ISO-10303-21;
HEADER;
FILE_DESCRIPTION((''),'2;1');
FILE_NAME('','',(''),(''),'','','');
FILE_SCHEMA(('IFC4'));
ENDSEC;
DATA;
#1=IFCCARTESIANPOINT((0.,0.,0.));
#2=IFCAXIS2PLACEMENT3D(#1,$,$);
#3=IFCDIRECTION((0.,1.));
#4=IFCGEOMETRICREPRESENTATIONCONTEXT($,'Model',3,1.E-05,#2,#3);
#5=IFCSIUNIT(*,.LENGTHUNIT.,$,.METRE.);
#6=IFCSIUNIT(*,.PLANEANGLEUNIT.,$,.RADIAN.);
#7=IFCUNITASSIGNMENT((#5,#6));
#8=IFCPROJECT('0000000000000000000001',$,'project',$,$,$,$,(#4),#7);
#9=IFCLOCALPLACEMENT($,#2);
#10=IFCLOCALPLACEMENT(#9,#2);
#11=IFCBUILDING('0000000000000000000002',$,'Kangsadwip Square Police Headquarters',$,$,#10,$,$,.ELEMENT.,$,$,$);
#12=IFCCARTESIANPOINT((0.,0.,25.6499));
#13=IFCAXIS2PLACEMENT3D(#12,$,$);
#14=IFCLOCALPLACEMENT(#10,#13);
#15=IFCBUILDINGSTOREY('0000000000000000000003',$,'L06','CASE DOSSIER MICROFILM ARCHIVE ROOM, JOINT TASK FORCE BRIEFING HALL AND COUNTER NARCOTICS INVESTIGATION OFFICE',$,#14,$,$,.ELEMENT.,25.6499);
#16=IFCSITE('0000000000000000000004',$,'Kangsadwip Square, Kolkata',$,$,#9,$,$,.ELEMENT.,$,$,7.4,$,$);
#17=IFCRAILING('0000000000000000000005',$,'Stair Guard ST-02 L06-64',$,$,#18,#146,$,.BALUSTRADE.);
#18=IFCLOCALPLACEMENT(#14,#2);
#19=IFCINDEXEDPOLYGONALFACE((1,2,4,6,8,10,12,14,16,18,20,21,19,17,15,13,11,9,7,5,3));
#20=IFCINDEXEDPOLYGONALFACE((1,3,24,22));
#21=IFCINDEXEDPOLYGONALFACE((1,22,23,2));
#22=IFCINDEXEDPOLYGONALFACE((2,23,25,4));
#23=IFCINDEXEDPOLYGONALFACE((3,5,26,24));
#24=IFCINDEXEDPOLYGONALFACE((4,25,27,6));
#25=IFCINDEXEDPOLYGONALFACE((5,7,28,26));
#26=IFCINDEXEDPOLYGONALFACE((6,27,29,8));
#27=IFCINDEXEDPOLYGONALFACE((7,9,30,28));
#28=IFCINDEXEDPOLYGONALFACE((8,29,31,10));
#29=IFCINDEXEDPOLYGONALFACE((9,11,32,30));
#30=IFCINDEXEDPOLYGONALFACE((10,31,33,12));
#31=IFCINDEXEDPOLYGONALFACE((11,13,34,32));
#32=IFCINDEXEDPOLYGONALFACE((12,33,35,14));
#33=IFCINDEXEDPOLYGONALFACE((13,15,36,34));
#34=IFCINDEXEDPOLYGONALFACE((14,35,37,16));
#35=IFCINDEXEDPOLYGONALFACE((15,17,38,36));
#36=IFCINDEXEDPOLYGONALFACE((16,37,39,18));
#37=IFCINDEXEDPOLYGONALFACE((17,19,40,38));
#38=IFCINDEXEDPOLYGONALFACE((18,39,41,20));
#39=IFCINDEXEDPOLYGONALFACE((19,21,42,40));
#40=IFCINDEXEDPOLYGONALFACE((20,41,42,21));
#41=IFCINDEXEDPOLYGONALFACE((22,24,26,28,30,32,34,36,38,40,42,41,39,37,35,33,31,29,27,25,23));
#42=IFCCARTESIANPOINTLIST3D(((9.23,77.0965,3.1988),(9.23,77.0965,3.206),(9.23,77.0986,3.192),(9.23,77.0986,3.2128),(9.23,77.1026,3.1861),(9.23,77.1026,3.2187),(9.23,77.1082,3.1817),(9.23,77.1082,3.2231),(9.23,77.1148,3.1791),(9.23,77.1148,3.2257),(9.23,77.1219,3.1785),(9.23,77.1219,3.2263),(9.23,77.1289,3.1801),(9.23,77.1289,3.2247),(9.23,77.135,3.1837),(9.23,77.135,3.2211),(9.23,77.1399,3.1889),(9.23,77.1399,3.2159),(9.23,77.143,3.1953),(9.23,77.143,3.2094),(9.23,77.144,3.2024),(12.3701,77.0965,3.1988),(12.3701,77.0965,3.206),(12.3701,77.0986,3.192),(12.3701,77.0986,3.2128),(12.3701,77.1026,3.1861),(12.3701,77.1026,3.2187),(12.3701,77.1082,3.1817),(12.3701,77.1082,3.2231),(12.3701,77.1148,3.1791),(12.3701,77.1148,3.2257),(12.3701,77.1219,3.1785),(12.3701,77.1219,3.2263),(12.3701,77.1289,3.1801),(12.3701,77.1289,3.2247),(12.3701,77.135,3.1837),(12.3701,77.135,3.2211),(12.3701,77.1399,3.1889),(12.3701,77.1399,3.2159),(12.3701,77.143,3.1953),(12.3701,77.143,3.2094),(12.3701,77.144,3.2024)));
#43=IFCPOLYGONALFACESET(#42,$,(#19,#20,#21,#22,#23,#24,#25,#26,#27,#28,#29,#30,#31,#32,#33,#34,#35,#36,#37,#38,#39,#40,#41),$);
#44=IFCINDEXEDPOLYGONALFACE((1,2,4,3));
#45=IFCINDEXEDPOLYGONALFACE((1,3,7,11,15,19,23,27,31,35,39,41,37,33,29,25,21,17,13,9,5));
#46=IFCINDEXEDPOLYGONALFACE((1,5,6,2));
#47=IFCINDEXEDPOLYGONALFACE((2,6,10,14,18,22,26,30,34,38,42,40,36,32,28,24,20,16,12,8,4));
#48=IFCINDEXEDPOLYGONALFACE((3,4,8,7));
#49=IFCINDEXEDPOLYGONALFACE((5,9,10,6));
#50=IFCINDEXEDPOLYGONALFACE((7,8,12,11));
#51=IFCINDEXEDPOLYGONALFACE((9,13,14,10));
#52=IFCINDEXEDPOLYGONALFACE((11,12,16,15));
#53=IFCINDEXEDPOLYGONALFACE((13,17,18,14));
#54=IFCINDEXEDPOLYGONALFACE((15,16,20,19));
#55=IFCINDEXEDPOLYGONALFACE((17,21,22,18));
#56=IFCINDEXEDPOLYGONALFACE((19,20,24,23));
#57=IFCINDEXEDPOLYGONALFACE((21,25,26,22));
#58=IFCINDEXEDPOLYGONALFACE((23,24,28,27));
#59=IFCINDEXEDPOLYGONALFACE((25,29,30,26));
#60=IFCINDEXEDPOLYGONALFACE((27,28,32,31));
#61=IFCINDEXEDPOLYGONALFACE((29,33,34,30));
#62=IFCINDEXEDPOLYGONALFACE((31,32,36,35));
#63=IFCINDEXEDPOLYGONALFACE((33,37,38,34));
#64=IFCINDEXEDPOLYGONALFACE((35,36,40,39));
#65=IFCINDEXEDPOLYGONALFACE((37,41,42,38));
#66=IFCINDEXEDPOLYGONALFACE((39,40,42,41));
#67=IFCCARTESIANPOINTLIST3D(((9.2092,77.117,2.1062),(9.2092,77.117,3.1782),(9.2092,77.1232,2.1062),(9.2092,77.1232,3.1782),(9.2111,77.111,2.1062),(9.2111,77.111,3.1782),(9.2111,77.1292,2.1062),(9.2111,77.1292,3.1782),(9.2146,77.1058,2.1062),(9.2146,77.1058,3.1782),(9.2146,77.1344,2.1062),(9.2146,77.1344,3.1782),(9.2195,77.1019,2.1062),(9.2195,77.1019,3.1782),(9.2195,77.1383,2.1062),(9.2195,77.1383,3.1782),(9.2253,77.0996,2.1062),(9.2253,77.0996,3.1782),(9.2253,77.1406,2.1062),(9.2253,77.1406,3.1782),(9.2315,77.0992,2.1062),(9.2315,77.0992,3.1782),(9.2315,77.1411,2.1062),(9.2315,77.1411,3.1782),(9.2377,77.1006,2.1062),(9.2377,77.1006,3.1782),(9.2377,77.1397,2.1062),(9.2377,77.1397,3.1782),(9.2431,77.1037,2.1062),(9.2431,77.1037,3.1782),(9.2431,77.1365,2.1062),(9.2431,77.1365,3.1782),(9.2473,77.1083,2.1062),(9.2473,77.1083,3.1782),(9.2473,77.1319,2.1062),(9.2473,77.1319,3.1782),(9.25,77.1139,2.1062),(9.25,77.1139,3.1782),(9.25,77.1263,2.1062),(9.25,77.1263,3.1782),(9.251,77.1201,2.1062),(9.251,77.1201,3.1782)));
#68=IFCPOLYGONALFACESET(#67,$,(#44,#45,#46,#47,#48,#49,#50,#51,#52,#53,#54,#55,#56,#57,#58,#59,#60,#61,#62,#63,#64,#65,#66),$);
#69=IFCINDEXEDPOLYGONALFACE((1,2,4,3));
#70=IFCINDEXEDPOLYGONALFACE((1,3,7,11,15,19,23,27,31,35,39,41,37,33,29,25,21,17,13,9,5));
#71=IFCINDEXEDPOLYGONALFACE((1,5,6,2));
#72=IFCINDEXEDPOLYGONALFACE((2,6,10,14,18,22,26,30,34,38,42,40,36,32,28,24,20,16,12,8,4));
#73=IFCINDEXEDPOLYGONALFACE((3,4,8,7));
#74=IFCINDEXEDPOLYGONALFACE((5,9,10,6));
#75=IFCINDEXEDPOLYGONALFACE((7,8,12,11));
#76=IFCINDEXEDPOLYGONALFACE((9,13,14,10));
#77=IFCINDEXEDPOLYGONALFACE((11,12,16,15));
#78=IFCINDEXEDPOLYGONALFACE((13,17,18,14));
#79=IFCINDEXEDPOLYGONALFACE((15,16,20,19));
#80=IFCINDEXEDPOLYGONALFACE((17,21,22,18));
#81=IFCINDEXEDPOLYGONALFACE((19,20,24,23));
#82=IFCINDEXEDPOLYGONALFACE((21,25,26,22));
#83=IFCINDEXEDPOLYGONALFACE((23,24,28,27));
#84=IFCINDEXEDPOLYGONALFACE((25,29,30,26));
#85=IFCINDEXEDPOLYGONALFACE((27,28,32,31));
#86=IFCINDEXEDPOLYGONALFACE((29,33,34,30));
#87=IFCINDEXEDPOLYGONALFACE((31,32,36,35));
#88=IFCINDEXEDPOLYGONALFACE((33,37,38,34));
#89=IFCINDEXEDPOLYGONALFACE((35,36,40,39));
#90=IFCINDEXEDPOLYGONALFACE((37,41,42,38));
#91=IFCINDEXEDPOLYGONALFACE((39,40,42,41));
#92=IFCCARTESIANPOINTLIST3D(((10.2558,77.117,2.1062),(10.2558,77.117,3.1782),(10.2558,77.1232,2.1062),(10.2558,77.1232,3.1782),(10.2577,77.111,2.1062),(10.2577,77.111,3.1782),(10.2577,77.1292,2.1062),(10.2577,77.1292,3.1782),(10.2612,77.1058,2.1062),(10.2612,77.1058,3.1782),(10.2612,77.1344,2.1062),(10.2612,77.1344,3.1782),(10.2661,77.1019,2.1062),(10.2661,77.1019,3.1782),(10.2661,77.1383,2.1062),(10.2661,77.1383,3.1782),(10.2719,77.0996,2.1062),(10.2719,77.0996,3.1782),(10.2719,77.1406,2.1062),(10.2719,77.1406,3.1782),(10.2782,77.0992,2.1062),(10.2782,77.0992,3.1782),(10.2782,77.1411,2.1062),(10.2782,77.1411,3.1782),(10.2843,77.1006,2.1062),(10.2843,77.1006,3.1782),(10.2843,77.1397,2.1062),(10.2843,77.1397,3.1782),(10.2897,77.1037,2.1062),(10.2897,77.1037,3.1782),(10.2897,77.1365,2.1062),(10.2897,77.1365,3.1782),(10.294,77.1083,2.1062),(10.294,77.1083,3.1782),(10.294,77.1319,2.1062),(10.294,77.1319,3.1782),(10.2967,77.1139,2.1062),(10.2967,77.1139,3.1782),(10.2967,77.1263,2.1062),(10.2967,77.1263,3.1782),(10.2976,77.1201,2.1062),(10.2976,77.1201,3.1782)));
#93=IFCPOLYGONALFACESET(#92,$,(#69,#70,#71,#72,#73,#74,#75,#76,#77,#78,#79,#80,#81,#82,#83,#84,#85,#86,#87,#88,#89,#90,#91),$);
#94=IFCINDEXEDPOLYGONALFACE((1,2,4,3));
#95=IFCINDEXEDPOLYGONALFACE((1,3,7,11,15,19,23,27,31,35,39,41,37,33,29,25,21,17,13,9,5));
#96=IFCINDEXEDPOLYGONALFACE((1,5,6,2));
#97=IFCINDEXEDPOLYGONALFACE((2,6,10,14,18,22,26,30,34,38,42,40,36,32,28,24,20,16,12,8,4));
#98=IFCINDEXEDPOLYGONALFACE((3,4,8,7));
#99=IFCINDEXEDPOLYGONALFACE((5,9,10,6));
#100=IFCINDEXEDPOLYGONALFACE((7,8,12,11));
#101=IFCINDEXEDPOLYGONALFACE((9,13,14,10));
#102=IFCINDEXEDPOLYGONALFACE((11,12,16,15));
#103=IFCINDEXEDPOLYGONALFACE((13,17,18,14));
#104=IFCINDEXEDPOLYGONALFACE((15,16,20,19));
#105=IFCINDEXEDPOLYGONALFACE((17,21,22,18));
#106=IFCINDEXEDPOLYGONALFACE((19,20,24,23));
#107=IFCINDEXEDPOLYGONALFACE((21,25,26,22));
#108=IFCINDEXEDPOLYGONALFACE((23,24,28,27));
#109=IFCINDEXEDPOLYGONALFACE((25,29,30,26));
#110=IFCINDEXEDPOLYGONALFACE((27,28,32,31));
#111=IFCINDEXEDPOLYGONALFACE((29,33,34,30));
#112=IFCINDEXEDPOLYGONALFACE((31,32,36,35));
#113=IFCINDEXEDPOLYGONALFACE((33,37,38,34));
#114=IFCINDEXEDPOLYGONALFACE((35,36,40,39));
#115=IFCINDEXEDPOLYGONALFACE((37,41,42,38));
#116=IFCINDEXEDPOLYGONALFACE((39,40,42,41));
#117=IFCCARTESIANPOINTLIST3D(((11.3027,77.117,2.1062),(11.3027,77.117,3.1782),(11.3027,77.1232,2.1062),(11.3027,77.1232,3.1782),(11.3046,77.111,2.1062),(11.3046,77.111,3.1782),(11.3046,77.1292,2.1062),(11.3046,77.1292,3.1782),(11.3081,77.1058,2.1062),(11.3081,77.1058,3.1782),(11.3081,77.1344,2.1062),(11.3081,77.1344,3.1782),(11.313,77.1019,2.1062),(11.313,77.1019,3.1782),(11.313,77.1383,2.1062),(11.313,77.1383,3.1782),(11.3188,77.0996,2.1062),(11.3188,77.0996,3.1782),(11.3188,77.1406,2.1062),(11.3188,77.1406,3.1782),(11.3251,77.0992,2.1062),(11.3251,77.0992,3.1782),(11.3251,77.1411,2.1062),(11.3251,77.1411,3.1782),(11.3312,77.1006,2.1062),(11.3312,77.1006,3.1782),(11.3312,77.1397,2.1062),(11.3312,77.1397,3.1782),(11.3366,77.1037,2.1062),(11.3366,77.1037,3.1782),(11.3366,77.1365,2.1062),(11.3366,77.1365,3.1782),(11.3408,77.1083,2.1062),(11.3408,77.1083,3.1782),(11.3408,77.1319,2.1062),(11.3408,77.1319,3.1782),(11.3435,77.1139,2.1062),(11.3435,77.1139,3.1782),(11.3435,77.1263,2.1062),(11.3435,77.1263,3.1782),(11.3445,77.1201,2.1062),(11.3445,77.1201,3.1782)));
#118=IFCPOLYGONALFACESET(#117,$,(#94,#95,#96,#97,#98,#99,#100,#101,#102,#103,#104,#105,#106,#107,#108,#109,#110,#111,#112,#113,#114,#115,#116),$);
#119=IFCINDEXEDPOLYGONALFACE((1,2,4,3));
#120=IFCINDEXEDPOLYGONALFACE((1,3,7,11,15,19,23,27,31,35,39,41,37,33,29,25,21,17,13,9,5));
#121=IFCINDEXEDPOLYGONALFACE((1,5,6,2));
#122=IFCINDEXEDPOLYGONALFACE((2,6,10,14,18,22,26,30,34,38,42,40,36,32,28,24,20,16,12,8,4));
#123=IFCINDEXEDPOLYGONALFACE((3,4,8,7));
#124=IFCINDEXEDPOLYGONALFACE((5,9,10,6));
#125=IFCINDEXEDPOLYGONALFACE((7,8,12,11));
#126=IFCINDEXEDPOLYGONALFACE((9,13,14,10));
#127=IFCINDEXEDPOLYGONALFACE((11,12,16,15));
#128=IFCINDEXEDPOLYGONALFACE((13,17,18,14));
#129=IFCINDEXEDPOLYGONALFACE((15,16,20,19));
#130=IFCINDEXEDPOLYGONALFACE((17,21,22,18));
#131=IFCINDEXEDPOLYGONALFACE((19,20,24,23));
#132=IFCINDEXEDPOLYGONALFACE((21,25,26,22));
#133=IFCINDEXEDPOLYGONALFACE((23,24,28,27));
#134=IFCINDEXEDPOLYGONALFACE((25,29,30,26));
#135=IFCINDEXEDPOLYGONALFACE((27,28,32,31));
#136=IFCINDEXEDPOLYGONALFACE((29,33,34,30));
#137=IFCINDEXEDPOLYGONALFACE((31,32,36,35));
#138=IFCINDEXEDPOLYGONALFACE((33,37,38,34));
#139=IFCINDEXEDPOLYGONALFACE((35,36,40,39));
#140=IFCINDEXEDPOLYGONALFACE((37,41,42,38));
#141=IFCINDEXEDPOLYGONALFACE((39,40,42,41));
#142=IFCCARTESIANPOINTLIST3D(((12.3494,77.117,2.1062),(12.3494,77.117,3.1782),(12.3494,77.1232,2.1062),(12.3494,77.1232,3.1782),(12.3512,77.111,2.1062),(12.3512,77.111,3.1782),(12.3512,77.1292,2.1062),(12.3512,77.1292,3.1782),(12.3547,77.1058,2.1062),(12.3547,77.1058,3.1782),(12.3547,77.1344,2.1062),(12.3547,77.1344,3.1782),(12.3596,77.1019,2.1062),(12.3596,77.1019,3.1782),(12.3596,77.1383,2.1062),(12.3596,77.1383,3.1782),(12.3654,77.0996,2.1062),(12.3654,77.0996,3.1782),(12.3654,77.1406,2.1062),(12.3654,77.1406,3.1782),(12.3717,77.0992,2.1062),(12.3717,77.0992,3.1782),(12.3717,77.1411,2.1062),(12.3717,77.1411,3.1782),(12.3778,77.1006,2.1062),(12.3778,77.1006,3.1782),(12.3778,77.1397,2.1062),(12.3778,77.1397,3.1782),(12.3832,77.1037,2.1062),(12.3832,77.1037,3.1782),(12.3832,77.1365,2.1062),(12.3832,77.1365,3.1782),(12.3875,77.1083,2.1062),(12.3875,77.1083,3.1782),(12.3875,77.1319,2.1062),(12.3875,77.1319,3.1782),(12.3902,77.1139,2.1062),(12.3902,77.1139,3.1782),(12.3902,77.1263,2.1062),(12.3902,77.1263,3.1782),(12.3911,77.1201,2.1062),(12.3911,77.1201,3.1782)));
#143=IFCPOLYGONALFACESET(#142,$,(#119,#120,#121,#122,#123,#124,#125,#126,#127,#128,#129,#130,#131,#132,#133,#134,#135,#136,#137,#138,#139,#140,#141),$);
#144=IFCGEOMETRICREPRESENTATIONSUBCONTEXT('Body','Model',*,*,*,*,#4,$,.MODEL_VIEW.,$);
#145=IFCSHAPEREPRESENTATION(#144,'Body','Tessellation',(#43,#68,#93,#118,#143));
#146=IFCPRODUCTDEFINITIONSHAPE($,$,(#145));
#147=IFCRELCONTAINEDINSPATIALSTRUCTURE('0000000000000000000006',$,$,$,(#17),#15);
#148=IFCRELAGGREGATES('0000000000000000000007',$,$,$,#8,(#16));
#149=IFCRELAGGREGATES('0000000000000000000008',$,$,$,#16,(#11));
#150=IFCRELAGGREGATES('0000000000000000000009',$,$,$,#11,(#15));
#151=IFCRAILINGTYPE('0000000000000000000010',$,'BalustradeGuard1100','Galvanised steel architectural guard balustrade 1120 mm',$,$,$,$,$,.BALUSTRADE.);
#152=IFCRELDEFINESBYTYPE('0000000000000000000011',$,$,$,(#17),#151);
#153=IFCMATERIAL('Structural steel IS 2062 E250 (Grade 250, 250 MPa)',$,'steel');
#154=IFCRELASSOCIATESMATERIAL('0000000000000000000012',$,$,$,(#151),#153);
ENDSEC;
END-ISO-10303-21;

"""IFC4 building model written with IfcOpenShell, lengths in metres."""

from ifc_helpers import new_model, si_unit, direction, frame, origin, origin_2d, place, context, subcontext, project, spatial, circle, extrude, material, type_object, element, save


model = new_model("IFC4")

# Units and contexts
model_context = context("Model", 3, precision=1e-05, world=origin(), true_north=direction((0.0, 1.0)))
body_context = subcontext(model_context, "Body", "Model", "MODEL_VIEW")
ifc_project = project(units=[si_unit("LENGTHUNIT", "METRE"), si_unit("PLANEANGLEUNIT", "RADIAN")], contexts=[model_context])

# Site, building, storey
site_placement = place(None, origin())
site = spatial("IfcSite", under=ifc_project, at=site_placement, Name="Kangsadwip Square, Kolkata", CompositionType="ELEMENT", RefElevation=7.4)
building_placement = place(site_placement, origin())
building = spatial("IfcBuilding", under=site, at=building_placement, Name="Kangsadwip Square Police Headquarters", CompositionType="ELEMENT")
storey_placement = place(building_placement, frame((0.0, 0.0, 25.6499)))
storey = spatial("IfcBuildingStorey", under=building, at=storey_placement, Name="L06", Description="CASE DOSSIER MICROFILM ARCHIVE ROOM, JOINT TASK FORCE BRIEFING HALL AND COUNTER NARCOTICS INVESTIGATION OFFICE", CompositionType="ELEMENT", Elevation=25.6499)

# Railing
ifc_material_1 = material(Name="Structural steel IS 2062 E250 (Grade 250, 250 MPa)", Category="steel")
railing_type_1 = type_object("IfcRailingType", Name="BalustradeGuard1100", Description="Galvanised steel architectural guard balustrade 1120 mm", PredefinedType="BALUSTRADE", material=ifc_material_1)
railing_1_placement = place(storey_placement, frame((9.23, 77.1201, 2.1062)))
element("IfcRailing", 1, at=railing_1_placement, inside=storey, type_object=railing_type_1, Name="Stair Guard ST-02 L06-64", PredefinedType="BALUSTRADE", context=body_context, shape_type="SweptSolid", body=[
    extrude(circle(Radius=0.0239, at=origin_2d()), frame((0.0, 0.0, 1.0962), z_axis=(1.0, 0.0, 0.0), x_axis=(0.0, 1.0, 0.0)), (0.0, 0.0, 1.0), 3.1401),
    extrude(circle(Radius=0.021, at=origin_2d()), origin(), (0.0, 0.0, 1.0), 1.072),
    extrude(circle(Radius=0.021, at=origin_2d()), frame((1.0466, 0.0, 0.0)), (0.0, 0.0, 1.0), 1.072),
    extrude(circle(Radius=0.021, at=origin_2d()), frame((2.0935, 0.0, 0.0)), (0.0, 0.0, 1.0), 1.072),
    extrude(circle(Radius=0.021, at=origin_2d()), frame((3.1401, 0.0, 0.0)), (0.0, 0.0, 1.0), 1.072),
])

save(model, "model.ifc")
